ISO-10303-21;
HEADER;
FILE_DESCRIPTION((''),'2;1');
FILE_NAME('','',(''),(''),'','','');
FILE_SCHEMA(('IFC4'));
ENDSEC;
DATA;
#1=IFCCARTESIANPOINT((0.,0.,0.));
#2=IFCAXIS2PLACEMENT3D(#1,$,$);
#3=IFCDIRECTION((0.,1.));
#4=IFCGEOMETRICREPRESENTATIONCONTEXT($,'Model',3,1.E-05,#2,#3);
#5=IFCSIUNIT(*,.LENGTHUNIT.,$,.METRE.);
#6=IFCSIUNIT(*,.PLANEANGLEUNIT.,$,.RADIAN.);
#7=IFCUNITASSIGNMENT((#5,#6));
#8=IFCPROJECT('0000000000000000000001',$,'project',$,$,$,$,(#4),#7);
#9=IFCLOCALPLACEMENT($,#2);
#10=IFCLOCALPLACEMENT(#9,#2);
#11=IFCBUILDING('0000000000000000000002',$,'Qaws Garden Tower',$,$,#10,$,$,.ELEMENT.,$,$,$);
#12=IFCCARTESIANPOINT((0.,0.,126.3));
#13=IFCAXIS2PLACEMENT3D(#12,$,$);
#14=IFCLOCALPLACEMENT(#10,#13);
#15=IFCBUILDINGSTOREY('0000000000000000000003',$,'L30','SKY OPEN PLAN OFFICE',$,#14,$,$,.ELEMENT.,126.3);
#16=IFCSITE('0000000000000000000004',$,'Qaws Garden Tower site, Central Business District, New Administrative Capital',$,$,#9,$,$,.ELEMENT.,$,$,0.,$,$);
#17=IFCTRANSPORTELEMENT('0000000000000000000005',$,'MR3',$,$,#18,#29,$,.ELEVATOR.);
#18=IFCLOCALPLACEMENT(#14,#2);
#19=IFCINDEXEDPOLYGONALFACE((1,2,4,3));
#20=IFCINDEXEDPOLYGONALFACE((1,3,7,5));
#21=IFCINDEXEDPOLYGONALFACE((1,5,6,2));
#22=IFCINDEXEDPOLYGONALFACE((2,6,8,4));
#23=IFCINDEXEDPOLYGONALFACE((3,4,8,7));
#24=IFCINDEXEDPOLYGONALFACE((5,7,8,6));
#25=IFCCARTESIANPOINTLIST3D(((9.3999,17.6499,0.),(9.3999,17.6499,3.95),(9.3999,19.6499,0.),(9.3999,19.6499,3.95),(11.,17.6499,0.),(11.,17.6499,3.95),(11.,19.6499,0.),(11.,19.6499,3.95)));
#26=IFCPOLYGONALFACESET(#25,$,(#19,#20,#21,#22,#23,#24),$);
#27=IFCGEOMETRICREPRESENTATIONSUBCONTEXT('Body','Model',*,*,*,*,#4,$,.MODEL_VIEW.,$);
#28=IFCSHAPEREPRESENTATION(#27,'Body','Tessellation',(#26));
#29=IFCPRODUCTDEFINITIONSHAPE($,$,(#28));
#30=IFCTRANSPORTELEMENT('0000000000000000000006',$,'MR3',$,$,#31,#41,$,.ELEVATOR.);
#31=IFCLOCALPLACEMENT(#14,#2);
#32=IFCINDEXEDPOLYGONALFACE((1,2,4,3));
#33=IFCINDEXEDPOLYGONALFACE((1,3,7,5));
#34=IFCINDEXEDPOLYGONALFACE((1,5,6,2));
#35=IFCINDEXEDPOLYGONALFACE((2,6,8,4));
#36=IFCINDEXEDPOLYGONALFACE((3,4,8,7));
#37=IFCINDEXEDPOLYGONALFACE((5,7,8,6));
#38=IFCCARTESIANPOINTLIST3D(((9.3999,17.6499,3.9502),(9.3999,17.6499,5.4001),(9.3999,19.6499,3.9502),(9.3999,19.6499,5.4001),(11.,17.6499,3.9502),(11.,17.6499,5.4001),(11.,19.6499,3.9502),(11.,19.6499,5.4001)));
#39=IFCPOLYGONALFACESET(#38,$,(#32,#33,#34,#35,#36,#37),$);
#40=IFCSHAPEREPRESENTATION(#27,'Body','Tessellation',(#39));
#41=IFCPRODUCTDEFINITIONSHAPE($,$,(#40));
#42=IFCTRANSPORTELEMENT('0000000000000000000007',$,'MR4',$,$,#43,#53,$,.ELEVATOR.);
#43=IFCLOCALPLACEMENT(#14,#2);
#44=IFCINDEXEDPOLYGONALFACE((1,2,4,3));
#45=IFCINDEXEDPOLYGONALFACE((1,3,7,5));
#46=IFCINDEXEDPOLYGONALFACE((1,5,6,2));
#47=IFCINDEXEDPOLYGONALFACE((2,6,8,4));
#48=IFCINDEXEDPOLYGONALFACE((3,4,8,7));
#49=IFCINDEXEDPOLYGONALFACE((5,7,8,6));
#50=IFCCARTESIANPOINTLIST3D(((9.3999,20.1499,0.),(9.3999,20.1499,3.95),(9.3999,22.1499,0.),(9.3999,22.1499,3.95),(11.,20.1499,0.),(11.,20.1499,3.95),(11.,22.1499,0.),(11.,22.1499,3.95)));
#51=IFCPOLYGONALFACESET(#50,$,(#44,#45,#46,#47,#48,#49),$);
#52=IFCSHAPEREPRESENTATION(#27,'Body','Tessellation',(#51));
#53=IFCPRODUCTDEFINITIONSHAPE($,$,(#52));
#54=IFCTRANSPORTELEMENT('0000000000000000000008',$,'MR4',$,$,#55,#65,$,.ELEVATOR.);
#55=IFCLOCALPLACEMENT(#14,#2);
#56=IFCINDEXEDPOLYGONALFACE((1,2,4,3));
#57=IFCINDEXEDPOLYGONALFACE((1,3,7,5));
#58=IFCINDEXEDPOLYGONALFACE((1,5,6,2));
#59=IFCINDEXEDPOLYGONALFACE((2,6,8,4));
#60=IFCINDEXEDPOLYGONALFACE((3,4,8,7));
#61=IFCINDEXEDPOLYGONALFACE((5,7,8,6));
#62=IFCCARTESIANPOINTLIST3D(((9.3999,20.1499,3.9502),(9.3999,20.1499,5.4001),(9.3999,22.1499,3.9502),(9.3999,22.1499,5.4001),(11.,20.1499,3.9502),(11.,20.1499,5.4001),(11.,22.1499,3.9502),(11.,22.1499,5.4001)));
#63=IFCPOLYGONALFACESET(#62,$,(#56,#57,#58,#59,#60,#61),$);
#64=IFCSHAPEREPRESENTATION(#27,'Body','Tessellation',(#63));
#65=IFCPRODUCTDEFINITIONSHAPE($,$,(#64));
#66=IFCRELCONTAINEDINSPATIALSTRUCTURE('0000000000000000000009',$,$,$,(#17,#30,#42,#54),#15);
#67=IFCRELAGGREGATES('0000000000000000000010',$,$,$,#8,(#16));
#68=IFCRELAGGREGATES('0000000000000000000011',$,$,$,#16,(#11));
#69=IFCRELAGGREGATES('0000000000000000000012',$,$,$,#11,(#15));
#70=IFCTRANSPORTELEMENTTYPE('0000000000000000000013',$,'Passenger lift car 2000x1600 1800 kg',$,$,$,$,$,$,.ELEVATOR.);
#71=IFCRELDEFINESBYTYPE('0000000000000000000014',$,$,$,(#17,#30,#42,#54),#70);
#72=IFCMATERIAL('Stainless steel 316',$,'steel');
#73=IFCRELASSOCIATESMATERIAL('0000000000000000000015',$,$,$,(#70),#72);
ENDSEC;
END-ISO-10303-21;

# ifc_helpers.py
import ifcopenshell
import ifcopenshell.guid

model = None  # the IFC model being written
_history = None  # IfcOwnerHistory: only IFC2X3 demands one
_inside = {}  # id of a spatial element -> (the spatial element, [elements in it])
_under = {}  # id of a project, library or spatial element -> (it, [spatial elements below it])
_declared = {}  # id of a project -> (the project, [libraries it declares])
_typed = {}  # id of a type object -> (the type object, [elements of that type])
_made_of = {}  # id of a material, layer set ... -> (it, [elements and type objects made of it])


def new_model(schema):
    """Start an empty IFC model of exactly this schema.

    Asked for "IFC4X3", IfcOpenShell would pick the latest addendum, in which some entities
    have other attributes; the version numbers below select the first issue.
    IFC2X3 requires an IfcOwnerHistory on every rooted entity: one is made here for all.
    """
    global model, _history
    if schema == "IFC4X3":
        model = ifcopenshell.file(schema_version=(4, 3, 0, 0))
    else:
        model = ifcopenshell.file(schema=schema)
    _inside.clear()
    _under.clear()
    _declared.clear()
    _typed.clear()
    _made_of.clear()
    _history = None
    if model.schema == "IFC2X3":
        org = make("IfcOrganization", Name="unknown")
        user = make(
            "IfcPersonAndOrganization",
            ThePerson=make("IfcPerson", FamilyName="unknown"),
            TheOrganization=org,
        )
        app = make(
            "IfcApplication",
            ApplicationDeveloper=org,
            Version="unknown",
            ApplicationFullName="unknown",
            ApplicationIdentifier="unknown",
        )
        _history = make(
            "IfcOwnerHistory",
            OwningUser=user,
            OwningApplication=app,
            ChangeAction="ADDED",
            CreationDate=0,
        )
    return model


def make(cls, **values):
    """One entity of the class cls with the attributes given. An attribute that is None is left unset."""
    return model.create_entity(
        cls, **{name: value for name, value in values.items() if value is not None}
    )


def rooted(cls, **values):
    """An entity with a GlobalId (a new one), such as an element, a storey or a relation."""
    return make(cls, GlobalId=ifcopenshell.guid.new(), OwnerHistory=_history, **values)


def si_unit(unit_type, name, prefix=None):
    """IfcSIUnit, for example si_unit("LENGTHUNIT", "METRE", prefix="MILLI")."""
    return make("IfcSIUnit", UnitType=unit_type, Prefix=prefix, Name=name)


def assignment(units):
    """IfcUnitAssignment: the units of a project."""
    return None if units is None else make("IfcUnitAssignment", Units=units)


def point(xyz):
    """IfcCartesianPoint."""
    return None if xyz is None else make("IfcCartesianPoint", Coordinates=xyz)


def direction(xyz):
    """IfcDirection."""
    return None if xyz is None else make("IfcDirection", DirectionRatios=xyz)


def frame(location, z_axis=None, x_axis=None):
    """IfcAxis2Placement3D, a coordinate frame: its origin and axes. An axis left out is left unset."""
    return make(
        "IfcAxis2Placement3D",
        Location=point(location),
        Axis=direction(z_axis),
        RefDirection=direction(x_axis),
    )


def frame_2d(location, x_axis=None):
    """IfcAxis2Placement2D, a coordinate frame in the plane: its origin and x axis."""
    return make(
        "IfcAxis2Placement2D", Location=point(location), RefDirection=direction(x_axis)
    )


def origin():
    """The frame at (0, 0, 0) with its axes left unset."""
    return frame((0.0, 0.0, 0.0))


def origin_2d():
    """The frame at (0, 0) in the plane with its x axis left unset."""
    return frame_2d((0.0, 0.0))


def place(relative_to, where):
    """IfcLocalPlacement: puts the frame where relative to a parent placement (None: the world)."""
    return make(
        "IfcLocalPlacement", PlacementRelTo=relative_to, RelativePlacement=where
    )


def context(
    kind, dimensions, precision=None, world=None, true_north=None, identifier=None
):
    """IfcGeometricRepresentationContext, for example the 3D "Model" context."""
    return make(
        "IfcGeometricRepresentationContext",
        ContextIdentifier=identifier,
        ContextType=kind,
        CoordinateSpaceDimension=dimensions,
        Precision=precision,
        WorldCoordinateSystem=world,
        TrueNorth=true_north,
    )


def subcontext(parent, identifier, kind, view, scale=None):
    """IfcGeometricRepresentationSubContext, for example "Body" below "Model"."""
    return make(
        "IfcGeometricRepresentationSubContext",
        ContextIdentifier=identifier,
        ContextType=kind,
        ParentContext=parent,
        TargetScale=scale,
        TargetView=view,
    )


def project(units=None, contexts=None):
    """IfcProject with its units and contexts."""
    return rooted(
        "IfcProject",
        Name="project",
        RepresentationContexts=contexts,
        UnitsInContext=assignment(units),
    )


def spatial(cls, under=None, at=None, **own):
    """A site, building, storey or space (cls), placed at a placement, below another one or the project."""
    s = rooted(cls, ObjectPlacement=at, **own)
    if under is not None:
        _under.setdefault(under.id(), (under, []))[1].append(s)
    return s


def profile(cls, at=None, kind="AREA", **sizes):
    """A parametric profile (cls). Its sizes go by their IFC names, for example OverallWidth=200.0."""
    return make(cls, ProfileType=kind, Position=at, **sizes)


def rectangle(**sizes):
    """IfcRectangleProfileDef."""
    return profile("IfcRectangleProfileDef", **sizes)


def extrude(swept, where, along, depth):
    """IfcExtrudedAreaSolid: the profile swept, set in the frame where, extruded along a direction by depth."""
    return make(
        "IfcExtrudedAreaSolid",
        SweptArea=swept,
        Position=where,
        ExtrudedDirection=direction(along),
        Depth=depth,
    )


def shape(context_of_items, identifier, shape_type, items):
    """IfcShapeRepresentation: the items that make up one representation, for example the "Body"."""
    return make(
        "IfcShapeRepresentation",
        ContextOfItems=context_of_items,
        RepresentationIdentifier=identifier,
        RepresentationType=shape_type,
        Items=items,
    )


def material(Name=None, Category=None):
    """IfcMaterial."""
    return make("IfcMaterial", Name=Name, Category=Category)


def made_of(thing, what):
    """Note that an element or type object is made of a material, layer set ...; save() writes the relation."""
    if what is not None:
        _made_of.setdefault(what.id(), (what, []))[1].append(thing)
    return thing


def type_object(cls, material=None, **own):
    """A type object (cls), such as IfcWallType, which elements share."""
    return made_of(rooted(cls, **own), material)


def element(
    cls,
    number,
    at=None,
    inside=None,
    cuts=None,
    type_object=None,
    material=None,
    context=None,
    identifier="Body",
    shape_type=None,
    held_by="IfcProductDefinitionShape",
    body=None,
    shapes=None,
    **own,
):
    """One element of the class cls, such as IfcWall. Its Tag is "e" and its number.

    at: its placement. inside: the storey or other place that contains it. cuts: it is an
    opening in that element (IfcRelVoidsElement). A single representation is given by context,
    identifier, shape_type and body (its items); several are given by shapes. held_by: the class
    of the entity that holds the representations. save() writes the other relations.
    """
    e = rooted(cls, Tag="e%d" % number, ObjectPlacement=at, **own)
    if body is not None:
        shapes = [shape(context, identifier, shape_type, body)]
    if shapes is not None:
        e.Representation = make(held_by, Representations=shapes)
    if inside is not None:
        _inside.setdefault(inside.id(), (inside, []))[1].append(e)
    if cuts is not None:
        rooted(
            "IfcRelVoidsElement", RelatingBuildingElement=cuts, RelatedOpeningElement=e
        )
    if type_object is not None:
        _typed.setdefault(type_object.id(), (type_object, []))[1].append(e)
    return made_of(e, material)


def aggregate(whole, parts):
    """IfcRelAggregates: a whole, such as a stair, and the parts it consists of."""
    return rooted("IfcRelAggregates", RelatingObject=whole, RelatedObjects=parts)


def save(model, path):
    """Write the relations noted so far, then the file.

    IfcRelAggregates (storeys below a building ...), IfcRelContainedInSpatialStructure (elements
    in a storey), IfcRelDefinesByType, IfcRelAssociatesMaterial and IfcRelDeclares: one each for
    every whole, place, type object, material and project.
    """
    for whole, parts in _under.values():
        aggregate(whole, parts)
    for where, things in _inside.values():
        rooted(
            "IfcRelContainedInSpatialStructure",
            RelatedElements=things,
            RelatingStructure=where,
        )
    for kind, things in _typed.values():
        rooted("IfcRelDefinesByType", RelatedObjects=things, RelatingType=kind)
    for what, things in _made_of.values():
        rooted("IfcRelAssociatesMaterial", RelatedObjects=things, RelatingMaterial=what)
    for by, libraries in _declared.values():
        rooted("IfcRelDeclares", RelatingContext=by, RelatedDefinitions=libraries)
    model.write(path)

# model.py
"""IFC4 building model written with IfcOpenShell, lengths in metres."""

from ifc_helpers import new_model, si_unit, direction, frame, origin, origin_2d, place, context, subcontext, project, spatial, rectangle, extrude, material, type_object, element, save


model = new_model("IFC4")

# Units and contexts
model_context = context("Model", 3, precision=1e-05, world=origin(), true_north=direction((0.0, 1.0)))
body_context = subcontext(model_context, "Body", "Model", "MODEL_VIEW")
ifc_project = project(units=[si_unit("LENGTHUNIT", "METRE"), si_unit("PLANEANGLEUNIT", "RADIAN")], contexts=[model_context])

# Site, building, storey
site_placement = place(None, origin())
site = spatial("IfcSite", under=ifc_project, at=site_placement, Name="Qaws Garden Tower site, Central Business District, New Administrative Capital", CompositionType="ELEMENT", RefElevation=0.0)
building_placement = place(site_placement, origin())
building = spatial("IfcBuilding", under=site, at=building_placement, Name="Qaws Garden Tower", CompositionType="ELEMENT")
storey_placement = place(building_placement, frame((0.0, 0.0, 126.3)))
storey = spatial("IfcBuildingStorey", under=building, at=storey_placement, Name="L30", Description="SKY OPEN PLAN OFFICE", CompositionType="ELEMENT", Elevation=126.3)

# Transport elements
ifc_material_1 = material(Name="Stainless steel 316", Category="steel")
transport_element_type = type_object("IfcTransportElementType", Name="Passenger lift car 2000x1600 1800 kg", PredefinedType="ELEVATOR", material=ifc_material_1)
transport_element_1_placement = place(storey_placement, frame((10.2, 18.6499, 0.0), z_axis=(0.0, 0.0, 1.0), x_axis=(1.0, 0.0, 0.0)))
element("IfcTransportElement", 1, at=transport_element_1_placement, inside=storey, type_object=transport_element_type, Name="MR3", PredefinedType="ELEVATOR", context=body_context, shape_type="SweptSolid", body=[
    extrude(rectangle(XDim=1.6001, YDim=2.0, at=origin_2d()), origin(), (0.0, 0.0, 1.0), 3.95),
])
transport_element_2_placement = place(storey_placement, frame((10.2, 18.6499, 3.9502), z_axis=(0.0, 0.0, 1.0), x_axis=(1.0, 0.0, 0.0)))
element("IfcTransportElement", 2, at=transport_element_2_placement, inside=storey, type_object=transport_element_type, Name="MR3", PredefinedType="ELEVATOR", context=body_context, shape_type="SweptSolid", body=[
    extrude(rectangle(XDim=1.6001, YDim=2.0, at=origin_2d()), origin(), (0.0, 0.0, 1.0), 1.45),
])
transport_element_3_placement = place(storey_placement, frame((10.2, 21.1499, 0.0), z_axis=(0.0, 0.0, 1.0), x_axis=(1.0, 0.0, 0.0)))
element("IfcTransportElement", 3, at=transport_element_3_placement, inside=storey, type_object=transport_element_type, Name="MR4", PredefinedType="ELEVATOR", context=body_context, shape_type="SweptSolid", body=[
    extrude(rectangle(XDim=1.6001, YDim=2.0, at=origin_2d()), origin(), (0.0, 0.0, 1.0), 3.95),
])
transport_element_4_placement = place(storey_placement, frame((10.2, 21.1499, 3.9502), z_axis=(0.0, 0.0, 1.0), x_axis=(1.0, 0.0, 0.0)))
element("IfcTransportElement", 4, at=transport_element_4_placement, inside=storey, type_object=transport_element_type, Name="MR4", PredefinedType="ELEVATOR", context=body_context, shape_type="SweptSolid", body=[
    extrude(rectangle(XDim=1.6001, YDim=2.0, at=origin_2d()), origin(), (0.0, 0.0, 1.0), 1.45),
])

save(model, "model.ifc")
